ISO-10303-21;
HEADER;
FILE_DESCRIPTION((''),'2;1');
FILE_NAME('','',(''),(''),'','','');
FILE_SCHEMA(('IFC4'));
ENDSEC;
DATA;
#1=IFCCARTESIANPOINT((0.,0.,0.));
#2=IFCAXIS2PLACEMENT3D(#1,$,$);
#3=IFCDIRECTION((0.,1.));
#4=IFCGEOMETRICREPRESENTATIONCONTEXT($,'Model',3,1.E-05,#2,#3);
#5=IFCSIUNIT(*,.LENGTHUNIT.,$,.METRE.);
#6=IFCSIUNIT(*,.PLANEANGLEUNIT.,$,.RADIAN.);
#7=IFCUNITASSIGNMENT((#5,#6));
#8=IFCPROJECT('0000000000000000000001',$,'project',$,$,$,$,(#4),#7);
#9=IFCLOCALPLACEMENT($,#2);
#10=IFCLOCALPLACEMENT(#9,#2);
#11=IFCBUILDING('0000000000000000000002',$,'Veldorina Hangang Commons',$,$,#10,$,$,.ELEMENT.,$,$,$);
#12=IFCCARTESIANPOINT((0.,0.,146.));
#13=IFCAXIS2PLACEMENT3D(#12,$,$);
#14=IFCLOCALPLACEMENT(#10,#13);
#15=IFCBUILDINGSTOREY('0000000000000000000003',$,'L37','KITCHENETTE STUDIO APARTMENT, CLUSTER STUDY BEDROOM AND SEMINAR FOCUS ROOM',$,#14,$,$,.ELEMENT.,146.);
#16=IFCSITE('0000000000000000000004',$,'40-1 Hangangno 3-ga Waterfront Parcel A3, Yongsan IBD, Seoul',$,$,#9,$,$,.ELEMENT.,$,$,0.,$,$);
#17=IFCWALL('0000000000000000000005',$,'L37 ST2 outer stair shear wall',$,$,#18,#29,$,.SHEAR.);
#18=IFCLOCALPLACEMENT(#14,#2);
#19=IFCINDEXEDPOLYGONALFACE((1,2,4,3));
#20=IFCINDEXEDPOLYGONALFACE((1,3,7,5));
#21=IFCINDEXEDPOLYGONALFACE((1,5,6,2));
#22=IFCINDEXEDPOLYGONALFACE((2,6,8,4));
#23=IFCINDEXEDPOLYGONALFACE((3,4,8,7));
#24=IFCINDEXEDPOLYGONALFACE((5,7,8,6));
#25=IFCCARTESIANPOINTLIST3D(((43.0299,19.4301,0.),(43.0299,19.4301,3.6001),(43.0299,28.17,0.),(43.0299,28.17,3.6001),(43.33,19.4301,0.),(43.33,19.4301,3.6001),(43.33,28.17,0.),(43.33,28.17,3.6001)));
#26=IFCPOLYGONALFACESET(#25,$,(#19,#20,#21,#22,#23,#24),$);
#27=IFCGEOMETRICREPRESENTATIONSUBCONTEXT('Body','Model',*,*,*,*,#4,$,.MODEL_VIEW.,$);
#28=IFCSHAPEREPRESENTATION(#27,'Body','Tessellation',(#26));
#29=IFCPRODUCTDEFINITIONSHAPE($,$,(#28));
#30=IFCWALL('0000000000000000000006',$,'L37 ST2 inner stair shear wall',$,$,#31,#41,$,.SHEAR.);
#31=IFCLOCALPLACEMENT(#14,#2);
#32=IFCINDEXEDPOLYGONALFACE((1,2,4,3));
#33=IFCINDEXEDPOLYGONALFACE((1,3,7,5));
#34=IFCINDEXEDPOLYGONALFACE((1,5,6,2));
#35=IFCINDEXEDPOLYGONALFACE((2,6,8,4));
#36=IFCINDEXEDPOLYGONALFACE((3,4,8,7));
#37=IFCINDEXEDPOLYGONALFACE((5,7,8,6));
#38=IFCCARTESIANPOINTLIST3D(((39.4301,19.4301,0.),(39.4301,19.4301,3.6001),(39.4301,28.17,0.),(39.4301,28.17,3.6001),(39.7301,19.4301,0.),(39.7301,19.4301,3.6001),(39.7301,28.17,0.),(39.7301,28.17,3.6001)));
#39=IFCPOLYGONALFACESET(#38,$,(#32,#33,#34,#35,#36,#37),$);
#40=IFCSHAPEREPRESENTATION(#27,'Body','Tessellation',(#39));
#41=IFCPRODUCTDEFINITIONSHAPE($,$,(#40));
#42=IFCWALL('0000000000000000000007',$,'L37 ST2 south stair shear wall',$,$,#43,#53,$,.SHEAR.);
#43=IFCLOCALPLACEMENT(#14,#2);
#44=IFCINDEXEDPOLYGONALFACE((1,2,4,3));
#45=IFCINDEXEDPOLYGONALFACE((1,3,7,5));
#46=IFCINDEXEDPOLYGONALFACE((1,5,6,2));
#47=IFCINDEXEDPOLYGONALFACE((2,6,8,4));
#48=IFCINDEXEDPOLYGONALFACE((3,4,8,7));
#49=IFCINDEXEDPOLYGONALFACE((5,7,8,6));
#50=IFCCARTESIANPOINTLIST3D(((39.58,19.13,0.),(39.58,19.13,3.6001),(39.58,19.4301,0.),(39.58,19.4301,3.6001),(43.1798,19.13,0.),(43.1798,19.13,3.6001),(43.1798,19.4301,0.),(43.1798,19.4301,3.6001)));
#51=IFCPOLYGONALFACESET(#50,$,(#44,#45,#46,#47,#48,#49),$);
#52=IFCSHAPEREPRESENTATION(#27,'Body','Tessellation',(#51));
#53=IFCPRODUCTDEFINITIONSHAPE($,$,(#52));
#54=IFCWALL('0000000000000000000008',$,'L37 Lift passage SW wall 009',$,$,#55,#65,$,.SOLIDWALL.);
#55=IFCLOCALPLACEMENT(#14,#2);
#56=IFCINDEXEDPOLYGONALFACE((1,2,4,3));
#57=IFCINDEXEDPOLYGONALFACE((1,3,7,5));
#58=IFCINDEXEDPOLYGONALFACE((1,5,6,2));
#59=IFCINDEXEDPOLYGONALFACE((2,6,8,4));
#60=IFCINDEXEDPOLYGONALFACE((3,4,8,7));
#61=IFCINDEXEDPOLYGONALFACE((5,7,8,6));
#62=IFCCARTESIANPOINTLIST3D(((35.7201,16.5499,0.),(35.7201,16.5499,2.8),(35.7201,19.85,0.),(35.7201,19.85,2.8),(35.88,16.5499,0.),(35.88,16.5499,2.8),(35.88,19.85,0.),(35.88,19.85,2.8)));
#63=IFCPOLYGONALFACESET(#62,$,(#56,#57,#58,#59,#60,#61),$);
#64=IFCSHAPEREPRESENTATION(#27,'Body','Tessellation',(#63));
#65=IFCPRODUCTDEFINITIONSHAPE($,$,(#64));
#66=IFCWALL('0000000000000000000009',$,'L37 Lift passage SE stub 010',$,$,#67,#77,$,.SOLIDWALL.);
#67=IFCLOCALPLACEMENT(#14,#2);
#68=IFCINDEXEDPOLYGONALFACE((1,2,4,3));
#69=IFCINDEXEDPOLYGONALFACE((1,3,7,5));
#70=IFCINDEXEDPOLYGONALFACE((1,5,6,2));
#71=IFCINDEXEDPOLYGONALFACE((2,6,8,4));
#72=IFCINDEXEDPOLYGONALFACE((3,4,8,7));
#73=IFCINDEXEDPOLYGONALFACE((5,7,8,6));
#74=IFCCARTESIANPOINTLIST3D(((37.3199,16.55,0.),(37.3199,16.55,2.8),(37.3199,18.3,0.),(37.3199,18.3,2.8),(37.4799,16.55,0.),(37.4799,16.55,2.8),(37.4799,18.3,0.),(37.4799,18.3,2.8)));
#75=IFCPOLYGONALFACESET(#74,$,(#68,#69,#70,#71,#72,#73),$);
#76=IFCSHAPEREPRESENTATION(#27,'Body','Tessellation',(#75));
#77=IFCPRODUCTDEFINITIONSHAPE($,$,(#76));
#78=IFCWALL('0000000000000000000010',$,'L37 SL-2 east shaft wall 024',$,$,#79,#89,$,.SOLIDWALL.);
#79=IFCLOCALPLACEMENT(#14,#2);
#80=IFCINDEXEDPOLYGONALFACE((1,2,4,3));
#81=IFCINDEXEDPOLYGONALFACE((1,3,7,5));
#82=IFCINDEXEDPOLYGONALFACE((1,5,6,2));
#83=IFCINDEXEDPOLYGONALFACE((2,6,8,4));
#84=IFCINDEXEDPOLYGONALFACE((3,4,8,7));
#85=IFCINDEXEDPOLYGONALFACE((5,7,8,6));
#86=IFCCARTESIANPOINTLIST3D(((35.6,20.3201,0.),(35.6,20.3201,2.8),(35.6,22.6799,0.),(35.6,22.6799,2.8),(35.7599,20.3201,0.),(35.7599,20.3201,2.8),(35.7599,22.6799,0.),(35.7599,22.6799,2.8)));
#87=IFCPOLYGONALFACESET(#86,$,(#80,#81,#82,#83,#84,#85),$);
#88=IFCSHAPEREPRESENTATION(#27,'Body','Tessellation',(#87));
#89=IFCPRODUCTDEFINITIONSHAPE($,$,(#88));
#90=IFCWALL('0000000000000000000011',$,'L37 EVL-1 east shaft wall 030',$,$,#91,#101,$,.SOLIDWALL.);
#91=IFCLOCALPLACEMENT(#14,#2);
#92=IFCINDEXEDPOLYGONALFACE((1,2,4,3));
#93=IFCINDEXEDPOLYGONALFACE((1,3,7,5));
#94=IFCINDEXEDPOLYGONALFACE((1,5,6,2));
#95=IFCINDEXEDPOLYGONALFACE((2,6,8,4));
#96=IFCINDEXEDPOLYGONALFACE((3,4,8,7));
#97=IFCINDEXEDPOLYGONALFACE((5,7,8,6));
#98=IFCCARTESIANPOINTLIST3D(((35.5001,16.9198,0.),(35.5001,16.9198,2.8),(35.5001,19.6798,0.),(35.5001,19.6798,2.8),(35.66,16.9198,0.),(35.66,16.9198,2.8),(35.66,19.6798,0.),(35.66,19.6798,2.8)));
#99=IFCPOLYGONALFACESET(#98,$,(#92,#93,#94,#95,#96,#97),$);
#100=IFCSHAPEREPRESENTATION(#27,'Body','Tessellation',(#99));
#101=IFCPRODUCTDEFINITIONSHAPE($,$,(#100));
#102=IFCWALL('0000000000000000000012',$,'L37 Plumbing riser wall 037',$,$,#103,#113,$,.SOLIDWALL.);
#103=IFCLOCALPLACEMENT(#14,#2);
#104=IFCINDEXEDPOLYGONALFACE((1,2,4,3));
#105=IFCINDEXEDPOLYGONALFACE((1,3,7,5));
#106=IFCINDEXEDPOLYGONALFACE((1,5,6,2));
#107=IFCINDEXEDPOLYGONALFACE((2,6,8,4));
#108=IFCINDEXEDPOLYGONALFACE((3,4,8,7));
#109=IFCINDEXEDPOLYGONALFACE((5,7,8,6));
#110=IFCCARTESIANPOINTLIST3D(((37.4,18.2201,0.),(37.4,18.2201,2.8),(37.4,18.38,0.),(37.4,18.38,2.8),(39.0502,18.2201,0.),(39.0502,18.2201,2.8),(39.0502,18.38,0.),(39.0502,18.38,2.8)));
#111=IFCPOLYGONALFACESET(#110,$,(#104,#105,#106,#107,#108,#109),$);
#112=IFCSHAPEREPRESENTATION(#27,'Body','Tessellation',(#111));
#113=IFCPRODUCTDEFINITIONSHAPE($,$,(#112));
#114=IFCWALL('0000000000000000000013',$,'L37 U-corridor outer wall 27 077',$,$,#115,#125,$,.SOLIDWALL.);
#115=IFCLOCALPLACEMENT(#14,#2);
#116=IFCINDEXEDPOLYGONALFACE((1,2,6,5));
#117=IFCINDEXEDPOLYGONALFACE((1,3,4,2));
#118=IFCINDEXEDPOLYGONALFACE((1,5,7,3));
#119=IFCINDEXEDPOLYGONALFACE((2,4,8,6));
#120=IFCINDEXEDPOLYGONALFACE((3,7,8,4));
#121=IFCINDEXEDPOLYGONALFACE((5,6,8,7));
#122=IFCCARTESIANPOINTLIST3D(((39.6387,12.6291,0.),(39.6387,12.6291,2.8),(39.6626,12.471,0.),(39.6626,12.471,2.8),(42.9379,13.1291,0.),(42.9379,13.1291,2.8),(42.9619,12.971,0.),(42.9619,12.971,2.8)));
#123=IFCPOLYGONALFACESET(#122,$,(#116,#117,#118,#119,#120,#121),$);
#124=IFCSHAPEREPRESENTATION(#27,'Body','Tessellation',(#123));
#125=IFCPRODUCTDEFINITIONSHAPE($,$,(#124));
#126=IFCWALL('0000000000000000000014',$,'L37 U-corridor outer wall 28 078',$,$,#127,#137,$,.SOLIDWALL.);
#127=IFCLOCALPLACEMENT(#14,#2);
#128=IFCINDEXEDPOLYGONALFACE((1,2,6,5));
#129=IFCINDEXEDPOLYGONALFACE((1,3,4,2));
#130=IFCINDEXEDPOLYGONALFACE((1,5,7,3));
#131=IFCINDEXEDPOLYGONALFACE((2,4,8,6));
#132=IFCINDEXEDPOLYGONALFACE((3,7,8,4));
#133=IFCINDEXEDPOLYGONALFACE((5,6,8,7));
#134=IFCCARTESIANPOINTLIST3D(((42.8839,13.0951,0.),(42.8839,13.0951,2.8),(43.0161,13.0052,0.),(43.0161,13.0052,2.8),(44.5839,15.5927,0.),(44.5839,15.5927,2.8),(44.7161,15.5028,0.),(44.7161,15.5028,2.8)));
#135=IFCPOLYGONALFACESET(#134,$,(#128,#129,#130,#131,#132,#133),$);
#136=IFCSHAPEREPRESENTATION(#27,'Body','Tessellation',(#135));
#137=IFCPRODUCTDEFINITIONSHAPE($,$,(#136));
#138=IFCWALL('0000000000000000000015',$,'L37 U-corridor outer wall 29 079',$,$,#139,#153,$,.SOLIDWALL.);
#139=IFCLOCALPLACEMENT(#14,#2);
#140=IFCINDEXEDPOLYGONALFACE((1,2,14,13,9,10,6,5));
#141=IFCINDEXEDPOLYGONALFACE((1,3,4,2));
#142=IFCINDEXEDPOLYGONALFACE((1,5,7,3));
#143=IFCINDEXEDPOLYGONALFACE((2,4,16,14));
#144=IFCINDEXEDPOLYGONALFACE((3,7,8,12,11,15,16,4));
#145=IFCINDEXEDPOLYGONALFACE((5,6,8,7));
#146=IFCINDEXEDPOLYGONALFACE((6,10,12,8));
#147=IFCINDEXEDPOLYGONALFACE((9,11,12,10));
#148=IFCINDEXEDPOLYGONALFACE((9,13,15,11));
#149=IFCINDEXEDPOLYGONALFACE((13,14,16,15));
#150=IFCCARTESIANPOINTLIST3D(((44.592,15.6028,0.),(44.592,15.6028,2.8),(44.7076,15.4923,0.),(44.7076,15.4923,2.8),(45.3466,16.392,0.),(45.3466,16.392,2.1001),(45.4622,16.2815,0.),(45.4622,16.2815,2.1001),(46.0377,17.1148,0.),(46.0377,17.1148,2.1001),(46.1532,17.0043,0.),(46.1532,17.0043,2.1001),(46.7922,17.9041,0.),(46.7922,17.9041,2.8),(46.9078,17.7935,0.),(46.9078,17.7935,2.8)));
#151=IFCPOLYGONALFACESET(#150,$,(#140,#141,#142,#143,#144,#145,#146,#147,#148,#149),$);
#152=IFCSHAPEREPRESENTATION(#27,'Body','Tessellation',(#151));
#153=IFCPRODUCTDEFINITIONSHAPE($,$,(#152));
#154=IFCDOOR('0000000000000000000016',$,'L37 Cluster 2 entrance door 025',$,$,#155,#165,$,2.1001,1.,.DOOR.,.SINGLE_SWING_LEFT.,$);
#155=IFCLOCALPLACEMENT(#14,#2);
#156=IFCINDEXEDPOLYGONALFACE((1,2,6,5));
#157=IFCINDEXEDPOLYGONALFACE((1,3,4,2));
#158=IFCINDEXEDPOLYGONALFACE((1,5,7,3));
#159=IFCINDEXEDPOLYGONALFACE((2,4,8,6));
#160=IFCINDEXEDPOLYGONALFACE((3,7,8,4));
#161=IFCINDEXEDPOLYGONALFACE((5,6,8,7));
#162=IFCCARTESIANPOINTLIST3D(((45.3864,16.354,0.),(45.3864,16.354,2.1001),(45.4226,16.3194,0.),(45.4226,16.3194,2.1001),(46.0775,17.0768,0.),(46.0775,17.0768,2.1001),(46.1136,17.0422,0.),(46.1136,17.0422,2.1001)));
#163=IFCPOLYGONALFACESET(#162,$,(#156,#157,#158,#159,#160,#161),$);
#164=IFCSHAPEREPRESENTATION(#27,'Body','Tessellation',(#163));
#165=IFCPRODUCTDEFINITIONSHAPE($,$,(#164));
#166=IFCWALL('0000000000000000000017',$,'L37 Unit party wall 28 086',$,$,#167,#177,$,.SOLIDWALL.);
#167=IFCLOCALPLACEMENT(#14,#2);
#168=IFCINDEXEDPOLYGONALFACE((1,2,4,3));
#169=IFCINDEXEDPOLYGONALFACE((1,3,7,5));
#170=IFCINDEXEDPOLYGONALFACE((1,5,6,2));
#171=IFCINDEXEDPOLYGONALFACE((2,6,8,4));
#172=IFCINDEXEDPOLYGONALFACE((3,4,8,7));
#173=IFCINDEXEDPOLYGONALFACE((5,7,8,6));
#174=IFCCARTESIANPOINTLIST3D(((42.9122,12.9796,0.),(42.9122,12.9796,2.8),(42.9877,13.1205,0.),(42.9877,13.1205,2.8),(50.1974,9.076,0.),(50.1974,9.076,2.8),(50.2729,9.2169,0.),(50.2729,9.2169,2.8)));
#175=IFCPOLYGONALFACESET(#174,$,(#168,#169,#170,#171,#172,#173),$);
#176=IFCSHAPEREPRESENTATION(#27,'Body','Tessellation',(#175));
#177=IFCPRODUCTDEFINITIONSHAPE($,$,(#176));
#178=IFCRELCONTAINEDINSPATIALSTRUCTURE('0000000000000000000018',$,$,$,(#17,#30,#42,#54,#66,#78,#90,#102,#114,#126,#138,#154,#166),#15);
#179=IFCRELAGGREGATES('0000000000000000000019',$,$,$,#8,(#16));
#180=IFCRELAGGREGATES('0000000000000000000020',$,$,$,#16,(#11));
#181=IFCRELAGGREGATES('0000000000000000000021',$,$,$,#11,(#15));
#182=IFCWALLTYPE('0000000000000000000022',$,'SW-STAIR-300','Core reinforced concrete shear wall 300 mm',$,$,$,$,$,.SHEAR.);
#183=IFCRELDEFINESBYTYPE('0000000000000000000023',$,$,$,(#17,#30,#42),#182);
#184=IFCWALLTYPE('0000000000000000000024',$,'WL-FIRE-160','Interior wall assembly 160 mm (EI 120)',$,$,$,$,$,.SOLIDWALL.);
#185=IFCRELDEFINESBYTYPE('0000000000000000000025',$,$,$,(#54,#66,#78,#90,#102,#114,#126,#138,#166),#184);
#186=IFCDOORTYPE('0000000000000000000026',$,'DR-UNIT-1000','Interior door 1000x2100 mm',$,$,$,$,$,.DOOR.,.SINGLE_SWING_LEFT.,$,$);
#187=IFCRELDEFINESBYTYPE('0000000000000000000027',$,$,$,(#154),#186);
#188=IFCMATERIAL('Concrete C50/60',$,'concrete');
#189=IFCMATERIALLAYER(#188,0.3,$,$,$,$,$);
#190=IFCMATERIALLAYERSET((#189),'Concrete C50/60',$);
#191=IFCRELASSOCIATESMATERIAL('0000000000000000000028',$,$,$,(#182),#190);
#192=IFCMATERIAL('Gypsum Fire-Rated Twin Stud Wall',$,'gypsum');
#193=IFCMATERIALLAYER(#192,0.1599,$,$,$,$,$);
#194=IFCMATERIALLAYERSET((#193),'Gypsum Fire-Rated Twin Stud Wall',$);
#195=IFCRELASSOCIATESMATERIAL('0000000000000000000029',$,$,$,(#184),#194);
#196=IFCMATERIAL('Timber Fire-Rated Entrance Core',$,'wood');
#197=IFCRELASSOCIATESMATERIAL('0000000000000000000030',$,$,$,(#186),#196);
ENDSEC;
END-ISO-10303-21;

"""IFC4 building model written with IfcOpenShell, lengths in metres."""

from ifc_helpers import new_model, si_unit, direction, frame, frame_2d, origin, place, context, subcontext, project, spatial, rectangle, extrude, material, layer, layer_set, type_object, element, fill, save


model = new_model("IFC4")

# Units and contexts
model_context = context("Model", 3, precision=1e-05, world=origin(), true_north=direction((0.0, 1.0)))
body_context = subcontext(model_context, "Body", "Model", "MODEL_VIEW")
ifc_project = project(units=[si_unit("LENGTHUNIT", "METRE"), si_unit("PLANEANGLEUNIT", "RADIAN")], contexts=[model_context])

# Site, building, storey
site_placement = place(None, origin())
site = spatial("IfcSite", under=ifc_project, at=site_placement, Name="40-1 Hangangno 3-ga Waterfront Parcel A3, Yongsan IBD, Seoul", CompositionType="ELEMENT", RefElevation=0.0)
building_placement = place(site_placement, origin())
building = spatial("IfcBuilding", under=site, at=building_placement, Name="Veldorina Hangang Commons", CompositionType="ELEMENT")
storey_placement = place(building_placement, frame((0.0, 0.0, 146.0)))
storey = spatial("IfcBuildingStorey", under=building, at=storey_placement, Name="L37", Description="KITCHENETTE STUDIO APARTMENT, CLUSTER STUDY BEDROOM AND SEMINAR FOCUS ROOM", CompositionType="ELEMENT", Elevation=146.0)

# Walls
ifc_material_1 = material(Name="Concrete C50/60", Category="concrete")
ifc_layer_1 = layer(ifc_material_1, 0.3)
ifc_layer_set_1 = layer_set([ifc_layer_1], Name="Concrete C50/60")
wall_type_1 = type_object("IfcWallType", Name="SW-STAIR-300", Description="Core reinforced concrete shear wall 300 mm", PredefinedType="SHEAR", material=ifc_layer_set_1)
for number, where, z_axis, x_axis, name in (
    (1, (43.1799, 19.4299, 0.0), (0.0, 0.0, 1.0), (0.0, 1.0, 0.0), "L37 ST2 outer stair shear wall"),
    (2, (39.5801, 19.4299, 0.0), (0.0, 0.0, 1.0), (0.0, 1.0, 0.0), "L37 ST2 inner stair shear wall"),
):
    element("IfcWall", number, at=place(storey_placement, frame(where, z_axis=z_axis, x_axis=x_axis)), inside=storey, type_object=wall_type_1, Name=name, PredefinedType="SHEAR", context=body_context, shape_type="SweptSolid", body=[
        extrude(rectangle(XDim=8.74, YDim=0.3, at=frame_2d((4.3701, 0.0))), origin(), (0.0, 0.0, 1.0), 3.6001),
    ])
wall_1_placement = place(storey_placement, frame((39.5801, 19.28, 0.0), z_axis=(0.0, 0.0, 1.0), x_axis=(1.0, 0.0, 0.0)))
element("IfcWall", 3, at=wall_1_placement, inside=storey, type_object=wall_type_1, Name="L37 ST2 south stair shear wall", PredefinedType="SHEAR", context=body_context, shape_type="SweptSolid", body=[
    extrude(rectangle(XDim=3.5999, YDim=0.3, at=frame_2d((1.7998, 0.0))), origin(), (0.0, 0.0, 1.0), 3.6001),
])
ifc_material_2 = material(Name="Gypsum Fire-Rated Twin Stud Wall", Category="gypsum")
ifc_layer_2 = layer(ifc_material_2, 0.1599)
ifc_layer_set_2 = layer_set([ifc_layer_2], Name="Gypsum Fire-Rated Twin Stud Wall")
wall_type_2 = type_object("IfcWallType", Name="WL-FIRE-160", Description="Interior wall assembly 160 mm (EI 120)", PredefinedType="SOLIDWALL", material=ifc_layer_set_2)
wall_2_placement = place(storey_placement, frame((35.8, 16.55, 0.0), z_axis=(0.0, 0.0, 1.0), x_axis=(0.0, 1.0, 0.0)))
element("IfcWall", 4, at=wall_2_placement, inside=storey, type_object=wall_type_2, Name="L37 Lift passage SW wall 009", PredefinedType="SOLIDWALL", context=body_context, shape_type="SweptSolid", body=[
    extrude(rectangle(XDim=3.3, YDim=0.1599, at=frame_2d((1.6499, 0.0))), origin(), (0.0, 0.0, 1.0), 2.8),
])
wall_3_placement = place(storey_placement, frame((37.3999, 16.55, 0.0), z_axis=(0.0, 0.0, 1.0), x_axis=(0.0, 1.0, 0.0)))
element("IfcWall", 5, at=wall_3_placement, inside=storey, type_object=wall_type_2, Name="L37 Lift passage SE stub 010", PredefinedType="SOLIDWALL", context=body_context, shape_type="SweptSolid", body=[
    extrude(rectangle(XDim=1.75, YDim=0.1599, at=frame_2d((0.875, 0.0))), origin(), (0.0, 0.0, 1.0), 2.8),
])
wall_4_placement = place(storey_placement, frame((35.6799, 20.3201, 0.0), z_axis=(0.0, 0.0, 1.0), x_axis=(0.0, 1.0, 0.0)))
element("IfcWall", 6, at=wall_4_placement, inside=storey, type_object=wall_type_2, Name="L37 SL-2 east shaft wall 024", PredefinedType="SOLIDWALL", context=body_context, shape_type="SweptSolid", body=[
    extrude(rectangle(XDim=2.3599, YDim=0.1599, at=frame_2d((1.1799, 0.0))), origin(), (0.0, 0.0, 1.0), 2.8),
])
wall_5_placement = place(storey_placement, frame((35.5801, 16.9199, 0.0), z_axis=(0.0, 0.0, 1.0), x_axis=(0.0, 1.0, 0.0)))
element("IfcWall", 7, at=wall_5_placement, inside=storey, type_object=wall_type_2, Name="L37 EVL-1 east shaft wall 030", PredefinedType="SOLIDWALL", context=body_context, shape_type="SweptSolid", body=[
    extrude(rectangle(XDim=2.76, YDim=0.1599, at=frame_2d((1.3799, 0.0))), origin(), (0.0, 0.0, 1.0), 2.8),
])
wall_6_placement = place(storey_placement, frame((37.3999, 18.3, 0.0), z_axis=(0.0, 0.0, 1.0), x_axis=(1.0, 0.0, 0.0)))
element("IfcWall", 8, at=wall_6_placement, inside=storey, type_object=wall_type_2, Name="L37 Plumbing riser wall 037", PredefinedType="SOLIDWALL", context=body_context, shape_type="SweptSolid", body=[
    extrude(rectangle(XDim=1.6501, YDim=0.1599, at=frame_2d((0.8252, 0.0))), origin(), (0.0, 0.0, 1.0), 2.8),
])
wall_7_placement = place(storey_placement, frame((39.6506, 12.55, 0.0), z_axis=(0.0, 0.0, 1.0), x_axis=(0.988711, 0.149836, 0.0)))
element("IfcWall", 9, at=wall_7_placement, inside=storey, type_object=wall_type_2, Name="L37 U-corridor outer wall 27 077", PredefinedType="SOLIDWALL", context=body_context, shape_type="SweptSolid", body=[
    extrude(rectangle(XDim=3.3369, YDim=0.1599, at=frame_2d((1.6685, 0.0))), origin(), (0.0, 0.0, 1.0), 2.8),
])
wall_8_placement = place(storey_placement, frame((42.95, 13.05, 0.0), z_axis=(0.0, 0.0, 1.0), x_axis=(0.562675, 0.826678, 0.0)))
element("IfcWall", 10, at=wall_8_placement, inside=storey, type_object=wall_type_2, Name="L37 U-corridor outer wall 28 078", PredefinedType="SOLIDWALL", context=body_context, shape_type="SweptSolid", body=[
    extrude(rectangle(XDim=3.0212, YDim=0.1599, at=frame_2d((1.5107, 0.0))), origin(), (0.0, 0.0, 1.0), 2.8),
])

# Wall, opening, door
wall_9_placement = place(storey_placement, frame((44.6499, 15.5476, 0.0), z_axis=(0.0, 0.0, 1.0), x_axis=(0.691055, 0.722802, 0.0)))
wall_9 = element("IfcWall", 11, at=wall_9_placement, inside=storey, type_object=wall_type_2, Name="L37 U-corridor outer wall 29 079", PredefinedType="SOLIDWALL", context=body_context, shape_type="SweptSolid", body=[
    extrude(rectangle(XDim=3.1838, YDim=0.1599, at=frame_2d((1.5918, 0.0))), origin(), (0.0, 0.0, 1.0), 2.8),
])
opening_1_placement = place(wall_9_placement, frame((1.0918, 0.0, 0.0)))
opening_1 = element("IfcOpeningElement", 12, at=opening_1_placement, cuts=wall_9, PredefinedType="OPENING", context=body_context, shape_type="SweptSolid", body=[
    extrude(rectangle(XDim=1.0, YDim=2.1001, at=frame_2d((0.5, 1.05))), frame((0.0, 0.0898, 0.0), z_axis=(0.0, -1.0, 0.0), x_axis=(1.0, 0.0, 0.0)), (0.0, 0.0, 1.0), 0.1799),
])
ifc_material_3 = material(Name="Timber Fire-Rated Entrance Core", Category="wood")
door_type_1 = type_object("IfcDoorType", Name="DR-UNIT-1000", Description="Interior door 1000x2100 mm", OperationType="SINGLE_SWING_LEFT", PredefinedType="DOOR", material=ifc_material_3)
door_1_placement = place(opening_1_placement, origin())
door_1 = element("IfcDoor", 13, at=door_1_placement, inside=storey, type_object=door_type_1, Name="L37 Cluster 2 entrance door 025", OperationType="SINGLE_SWING_LEFT", OverallHeight=2.1001, OverallWidth=1.0, PredefinedType="DOOR", context=body_context, shape_type="SweptSolid", body=[
    extrude(rectangle(XDim=1.0, YDim=2.1001, at=frame_2d((0.5, 1.05))), frame((0.0, 0.0249, 0.0), z_axis=(0.0, -1.0, 0.0), x_axis=(1.0, 0.0, 0.0)), (0.0, 0.0, 1.0), 0.05),
])
fill(opening_1, door_1)

# Wall
wall_10_placement = place(storey_placement, frame((42.95, 13.05, 0.0), z_axis=(0.0, 0.0, 1.0), x_axis=(0.88144, -0.472297, 0.0)))
element("IfcWall", 14, at=wall_10_placement, inside=storey, type_object=wall_type_2, Name="L37 Unit party wall 28 086", PredefinedType="SOLIDWALL", context=body_context, shape_type="SweptSolid", body=[
    extrude(rectangle(XDim=8.2651, YDim=0.1599, at=frame_2d((4.1326, 0.0))), origin(), (0.0, 0.0, 1.0), 2.8),
])

save(model, "model.ifc")
